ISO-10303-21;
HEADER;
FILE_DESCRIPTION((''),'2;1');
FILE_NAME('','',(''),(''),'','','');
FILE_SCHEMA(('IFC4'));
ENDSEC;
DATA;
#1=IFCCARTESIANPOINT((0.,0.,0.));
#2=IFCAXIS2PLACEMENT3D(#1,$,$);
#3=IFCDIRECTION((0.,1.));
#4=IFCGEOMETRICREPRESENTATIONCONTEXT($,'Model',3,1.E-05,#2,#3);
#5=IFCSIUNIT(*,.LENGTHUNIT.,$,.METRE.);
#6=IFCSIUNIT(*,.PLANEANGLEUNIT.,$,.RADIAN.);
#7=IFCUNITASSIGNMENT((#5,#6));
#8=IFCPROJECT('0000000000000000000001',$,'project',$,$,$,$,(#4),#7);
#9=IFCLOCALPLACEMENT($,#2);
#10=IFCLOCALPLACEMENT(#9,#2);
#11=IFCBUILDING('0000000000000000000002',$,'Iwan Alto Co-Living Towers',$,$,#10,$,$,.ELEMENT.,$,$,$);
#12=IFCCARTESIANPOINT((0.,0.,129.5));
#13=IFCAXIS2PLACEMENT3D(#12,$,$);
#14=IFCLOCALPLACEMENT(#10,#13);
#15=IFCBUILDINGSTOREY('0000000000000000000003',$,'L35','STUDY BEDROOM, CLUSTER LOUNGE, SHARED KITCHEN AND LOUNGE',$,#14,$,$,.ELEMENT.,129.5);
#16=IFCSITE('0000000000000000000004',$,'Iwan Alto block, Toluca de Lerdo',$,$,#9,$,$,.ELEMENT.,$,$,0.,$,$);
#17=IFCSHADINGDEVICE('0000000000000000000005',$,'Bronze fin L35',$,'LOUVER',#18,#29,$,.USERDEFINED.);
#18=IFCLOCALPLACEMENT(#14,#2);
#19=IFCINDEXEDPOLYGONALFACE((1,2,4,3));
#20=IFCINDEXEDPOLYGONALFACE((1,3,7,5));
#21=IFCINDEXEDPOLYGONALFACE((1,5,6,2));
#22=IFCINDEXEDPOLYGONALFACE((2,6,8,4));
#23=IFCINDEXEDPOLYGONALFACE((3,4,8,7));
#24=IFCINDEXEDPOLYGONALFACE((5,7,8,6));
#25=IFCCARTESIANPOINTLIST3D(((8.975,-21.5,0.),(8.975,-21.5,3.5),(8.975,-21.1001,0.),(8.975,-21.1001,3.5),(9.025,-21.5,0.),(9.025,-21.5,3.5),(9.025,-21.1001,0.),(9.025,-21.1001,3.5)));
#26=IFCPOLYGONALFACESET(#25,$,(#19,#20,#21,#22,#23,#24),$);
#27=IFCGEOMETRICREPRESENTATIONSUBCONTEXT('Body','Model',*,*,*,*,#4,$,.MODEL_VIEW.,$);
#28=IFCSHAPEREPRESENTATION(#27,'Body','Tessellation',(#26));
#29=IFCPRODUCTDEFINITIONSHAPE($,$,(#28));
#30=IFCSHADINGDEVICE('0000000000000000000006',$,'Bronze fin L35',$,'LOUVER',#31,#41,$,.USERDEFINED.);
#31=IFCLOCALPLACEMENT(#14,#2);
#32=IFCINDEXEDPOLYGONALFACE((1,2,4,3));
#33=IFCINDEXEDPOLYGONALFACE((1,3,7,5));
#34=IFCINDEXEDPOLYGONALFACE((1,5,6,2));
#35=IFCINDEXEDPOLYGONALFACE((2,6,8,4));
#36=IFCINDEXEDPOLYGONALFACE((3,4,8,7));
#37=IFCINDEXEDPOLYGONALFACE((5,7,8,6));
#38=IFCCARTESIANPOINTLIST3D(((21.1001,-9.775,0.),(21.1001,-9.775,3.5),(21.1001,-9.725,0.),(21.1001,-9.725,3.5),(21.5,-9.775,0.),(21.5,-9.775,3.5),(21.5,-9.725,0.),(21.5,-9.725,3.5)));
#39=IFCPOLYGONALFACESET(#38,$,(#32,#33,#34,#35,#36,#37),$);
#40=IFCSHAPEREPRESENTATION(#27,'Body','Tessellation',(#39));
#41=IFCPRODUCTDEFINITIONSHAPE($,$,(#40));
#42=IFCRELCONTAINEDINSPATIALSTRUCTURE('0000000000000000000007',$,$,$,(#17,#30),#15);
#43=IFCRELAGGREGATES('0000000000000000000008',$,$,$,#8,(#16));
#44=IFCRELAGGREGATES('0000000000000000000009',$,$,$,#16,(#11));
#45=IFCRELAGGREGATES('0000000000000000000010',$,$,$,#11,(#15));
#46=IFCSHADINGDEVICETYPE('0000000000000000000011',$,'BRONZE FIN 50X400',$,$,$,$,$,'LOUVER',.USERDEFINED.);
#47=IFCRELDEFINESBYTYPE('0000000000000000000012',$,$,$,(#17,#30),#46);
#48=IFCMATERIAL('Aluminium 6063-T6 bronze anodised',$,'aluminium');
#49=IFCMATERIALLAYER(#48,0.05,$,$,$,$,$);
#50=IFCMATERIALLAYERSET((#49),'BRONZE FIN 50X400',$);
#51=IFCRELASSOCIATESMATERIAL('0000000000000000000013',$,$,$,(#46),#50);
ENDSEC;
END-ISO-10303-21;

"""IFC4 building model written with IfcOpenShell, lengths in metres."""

from ifc_helpers import new_model, si_unit, direction, frame, origin, origin_2d, place, context, subcontext, project, spatial, rectangle, extrude, material, layer, layer_set, type_object, element, save


model = new_model("IFC4")

# Units and contexts
model_context = context("Model", 3, precision=1e-05, world=origin(), true_north=direction((0.0, 1.0)))
body_context = subcontext(model_context, "Body", "Model", "MODEL_VIEW")
ifc_project = project(units=[si_unit("LENGTHUNIT", "METRE"), si_unit("PLANEANGLEUNIT", "RADIAN")], contexts=[model_context])

# Site, building, storey
site_placement = place(None, origin())
site = spatial("IfcSite", under=ifc_project, at=site_placement, Name="Iwan Alto block, Toluca de Lerdo", CompositionType="ELEMENT", RefElevation=0.0)
building_placement = place(site_placement, origin())
building = spatial("IfcBuilding", under=site, at=building_placement, Name="Iwan Alto Co-Living Towers", CompositionType="ELEMENT")
storey_placement = place(building_placement, frame((0.0, 0.0, 129.5)))
storey = spatial("IfcBuildingStorey", under=building, at=storey_placement, Name="L35", Description="STUDY BEDROOM, CLUSTER LOUNGE, SHARED KITCHEN AND LOUNGE", CompositionType="ELEMENT", Elevation=129.5)

# Shading devices
ifc_material_1 = material(Name="Aluminium 6063-T6 bronze anodised", Category="aluminium")
ifc_layer_1 = layer(ifc_material_1, 0.05)
ifc_layer_set_1 = layer_set([ifc_layer_1], Name="BRONZE FIN 50X400")
shading_device_type = type_object("IfcShadingDeviceType", Name="BRONZE FIN 50X400", ElementType="LOUVER", PredefinedType="USERDEFINED", material=ifc_layer_set_1)
for number, where, z_axis, x_axis, name in (
    (1, (9.0, -21.3, 0.0), (0.0, 0.0, 1.0), (1.0, 0.0, 0.0), "Bronze fin L35"),
    (2, (21.3, -9.75, 0.0), (0.0, 0.0, 1.0), (0.0, 1.0, 0.0), "Bronze fin L35"),
):
    element("IfcShadingDevice", number, at=place(storey_placement, frame(where, z_axis=z_axis, x_axis=x_axis)), inside=storey, type_object=shading_device_type, Name=name, ObjectType="LOUVER", PredefinedType="USERDEFINED", context=body_context, shape_type="SweptSolid", body=[
        extrude(rectangle(XDim=0.05, YDim=0.3999, at=origin_2d()), origin(), (0.0, 0.0, 1.0), 3.5),
    ])

save(model, "model.ifc")
